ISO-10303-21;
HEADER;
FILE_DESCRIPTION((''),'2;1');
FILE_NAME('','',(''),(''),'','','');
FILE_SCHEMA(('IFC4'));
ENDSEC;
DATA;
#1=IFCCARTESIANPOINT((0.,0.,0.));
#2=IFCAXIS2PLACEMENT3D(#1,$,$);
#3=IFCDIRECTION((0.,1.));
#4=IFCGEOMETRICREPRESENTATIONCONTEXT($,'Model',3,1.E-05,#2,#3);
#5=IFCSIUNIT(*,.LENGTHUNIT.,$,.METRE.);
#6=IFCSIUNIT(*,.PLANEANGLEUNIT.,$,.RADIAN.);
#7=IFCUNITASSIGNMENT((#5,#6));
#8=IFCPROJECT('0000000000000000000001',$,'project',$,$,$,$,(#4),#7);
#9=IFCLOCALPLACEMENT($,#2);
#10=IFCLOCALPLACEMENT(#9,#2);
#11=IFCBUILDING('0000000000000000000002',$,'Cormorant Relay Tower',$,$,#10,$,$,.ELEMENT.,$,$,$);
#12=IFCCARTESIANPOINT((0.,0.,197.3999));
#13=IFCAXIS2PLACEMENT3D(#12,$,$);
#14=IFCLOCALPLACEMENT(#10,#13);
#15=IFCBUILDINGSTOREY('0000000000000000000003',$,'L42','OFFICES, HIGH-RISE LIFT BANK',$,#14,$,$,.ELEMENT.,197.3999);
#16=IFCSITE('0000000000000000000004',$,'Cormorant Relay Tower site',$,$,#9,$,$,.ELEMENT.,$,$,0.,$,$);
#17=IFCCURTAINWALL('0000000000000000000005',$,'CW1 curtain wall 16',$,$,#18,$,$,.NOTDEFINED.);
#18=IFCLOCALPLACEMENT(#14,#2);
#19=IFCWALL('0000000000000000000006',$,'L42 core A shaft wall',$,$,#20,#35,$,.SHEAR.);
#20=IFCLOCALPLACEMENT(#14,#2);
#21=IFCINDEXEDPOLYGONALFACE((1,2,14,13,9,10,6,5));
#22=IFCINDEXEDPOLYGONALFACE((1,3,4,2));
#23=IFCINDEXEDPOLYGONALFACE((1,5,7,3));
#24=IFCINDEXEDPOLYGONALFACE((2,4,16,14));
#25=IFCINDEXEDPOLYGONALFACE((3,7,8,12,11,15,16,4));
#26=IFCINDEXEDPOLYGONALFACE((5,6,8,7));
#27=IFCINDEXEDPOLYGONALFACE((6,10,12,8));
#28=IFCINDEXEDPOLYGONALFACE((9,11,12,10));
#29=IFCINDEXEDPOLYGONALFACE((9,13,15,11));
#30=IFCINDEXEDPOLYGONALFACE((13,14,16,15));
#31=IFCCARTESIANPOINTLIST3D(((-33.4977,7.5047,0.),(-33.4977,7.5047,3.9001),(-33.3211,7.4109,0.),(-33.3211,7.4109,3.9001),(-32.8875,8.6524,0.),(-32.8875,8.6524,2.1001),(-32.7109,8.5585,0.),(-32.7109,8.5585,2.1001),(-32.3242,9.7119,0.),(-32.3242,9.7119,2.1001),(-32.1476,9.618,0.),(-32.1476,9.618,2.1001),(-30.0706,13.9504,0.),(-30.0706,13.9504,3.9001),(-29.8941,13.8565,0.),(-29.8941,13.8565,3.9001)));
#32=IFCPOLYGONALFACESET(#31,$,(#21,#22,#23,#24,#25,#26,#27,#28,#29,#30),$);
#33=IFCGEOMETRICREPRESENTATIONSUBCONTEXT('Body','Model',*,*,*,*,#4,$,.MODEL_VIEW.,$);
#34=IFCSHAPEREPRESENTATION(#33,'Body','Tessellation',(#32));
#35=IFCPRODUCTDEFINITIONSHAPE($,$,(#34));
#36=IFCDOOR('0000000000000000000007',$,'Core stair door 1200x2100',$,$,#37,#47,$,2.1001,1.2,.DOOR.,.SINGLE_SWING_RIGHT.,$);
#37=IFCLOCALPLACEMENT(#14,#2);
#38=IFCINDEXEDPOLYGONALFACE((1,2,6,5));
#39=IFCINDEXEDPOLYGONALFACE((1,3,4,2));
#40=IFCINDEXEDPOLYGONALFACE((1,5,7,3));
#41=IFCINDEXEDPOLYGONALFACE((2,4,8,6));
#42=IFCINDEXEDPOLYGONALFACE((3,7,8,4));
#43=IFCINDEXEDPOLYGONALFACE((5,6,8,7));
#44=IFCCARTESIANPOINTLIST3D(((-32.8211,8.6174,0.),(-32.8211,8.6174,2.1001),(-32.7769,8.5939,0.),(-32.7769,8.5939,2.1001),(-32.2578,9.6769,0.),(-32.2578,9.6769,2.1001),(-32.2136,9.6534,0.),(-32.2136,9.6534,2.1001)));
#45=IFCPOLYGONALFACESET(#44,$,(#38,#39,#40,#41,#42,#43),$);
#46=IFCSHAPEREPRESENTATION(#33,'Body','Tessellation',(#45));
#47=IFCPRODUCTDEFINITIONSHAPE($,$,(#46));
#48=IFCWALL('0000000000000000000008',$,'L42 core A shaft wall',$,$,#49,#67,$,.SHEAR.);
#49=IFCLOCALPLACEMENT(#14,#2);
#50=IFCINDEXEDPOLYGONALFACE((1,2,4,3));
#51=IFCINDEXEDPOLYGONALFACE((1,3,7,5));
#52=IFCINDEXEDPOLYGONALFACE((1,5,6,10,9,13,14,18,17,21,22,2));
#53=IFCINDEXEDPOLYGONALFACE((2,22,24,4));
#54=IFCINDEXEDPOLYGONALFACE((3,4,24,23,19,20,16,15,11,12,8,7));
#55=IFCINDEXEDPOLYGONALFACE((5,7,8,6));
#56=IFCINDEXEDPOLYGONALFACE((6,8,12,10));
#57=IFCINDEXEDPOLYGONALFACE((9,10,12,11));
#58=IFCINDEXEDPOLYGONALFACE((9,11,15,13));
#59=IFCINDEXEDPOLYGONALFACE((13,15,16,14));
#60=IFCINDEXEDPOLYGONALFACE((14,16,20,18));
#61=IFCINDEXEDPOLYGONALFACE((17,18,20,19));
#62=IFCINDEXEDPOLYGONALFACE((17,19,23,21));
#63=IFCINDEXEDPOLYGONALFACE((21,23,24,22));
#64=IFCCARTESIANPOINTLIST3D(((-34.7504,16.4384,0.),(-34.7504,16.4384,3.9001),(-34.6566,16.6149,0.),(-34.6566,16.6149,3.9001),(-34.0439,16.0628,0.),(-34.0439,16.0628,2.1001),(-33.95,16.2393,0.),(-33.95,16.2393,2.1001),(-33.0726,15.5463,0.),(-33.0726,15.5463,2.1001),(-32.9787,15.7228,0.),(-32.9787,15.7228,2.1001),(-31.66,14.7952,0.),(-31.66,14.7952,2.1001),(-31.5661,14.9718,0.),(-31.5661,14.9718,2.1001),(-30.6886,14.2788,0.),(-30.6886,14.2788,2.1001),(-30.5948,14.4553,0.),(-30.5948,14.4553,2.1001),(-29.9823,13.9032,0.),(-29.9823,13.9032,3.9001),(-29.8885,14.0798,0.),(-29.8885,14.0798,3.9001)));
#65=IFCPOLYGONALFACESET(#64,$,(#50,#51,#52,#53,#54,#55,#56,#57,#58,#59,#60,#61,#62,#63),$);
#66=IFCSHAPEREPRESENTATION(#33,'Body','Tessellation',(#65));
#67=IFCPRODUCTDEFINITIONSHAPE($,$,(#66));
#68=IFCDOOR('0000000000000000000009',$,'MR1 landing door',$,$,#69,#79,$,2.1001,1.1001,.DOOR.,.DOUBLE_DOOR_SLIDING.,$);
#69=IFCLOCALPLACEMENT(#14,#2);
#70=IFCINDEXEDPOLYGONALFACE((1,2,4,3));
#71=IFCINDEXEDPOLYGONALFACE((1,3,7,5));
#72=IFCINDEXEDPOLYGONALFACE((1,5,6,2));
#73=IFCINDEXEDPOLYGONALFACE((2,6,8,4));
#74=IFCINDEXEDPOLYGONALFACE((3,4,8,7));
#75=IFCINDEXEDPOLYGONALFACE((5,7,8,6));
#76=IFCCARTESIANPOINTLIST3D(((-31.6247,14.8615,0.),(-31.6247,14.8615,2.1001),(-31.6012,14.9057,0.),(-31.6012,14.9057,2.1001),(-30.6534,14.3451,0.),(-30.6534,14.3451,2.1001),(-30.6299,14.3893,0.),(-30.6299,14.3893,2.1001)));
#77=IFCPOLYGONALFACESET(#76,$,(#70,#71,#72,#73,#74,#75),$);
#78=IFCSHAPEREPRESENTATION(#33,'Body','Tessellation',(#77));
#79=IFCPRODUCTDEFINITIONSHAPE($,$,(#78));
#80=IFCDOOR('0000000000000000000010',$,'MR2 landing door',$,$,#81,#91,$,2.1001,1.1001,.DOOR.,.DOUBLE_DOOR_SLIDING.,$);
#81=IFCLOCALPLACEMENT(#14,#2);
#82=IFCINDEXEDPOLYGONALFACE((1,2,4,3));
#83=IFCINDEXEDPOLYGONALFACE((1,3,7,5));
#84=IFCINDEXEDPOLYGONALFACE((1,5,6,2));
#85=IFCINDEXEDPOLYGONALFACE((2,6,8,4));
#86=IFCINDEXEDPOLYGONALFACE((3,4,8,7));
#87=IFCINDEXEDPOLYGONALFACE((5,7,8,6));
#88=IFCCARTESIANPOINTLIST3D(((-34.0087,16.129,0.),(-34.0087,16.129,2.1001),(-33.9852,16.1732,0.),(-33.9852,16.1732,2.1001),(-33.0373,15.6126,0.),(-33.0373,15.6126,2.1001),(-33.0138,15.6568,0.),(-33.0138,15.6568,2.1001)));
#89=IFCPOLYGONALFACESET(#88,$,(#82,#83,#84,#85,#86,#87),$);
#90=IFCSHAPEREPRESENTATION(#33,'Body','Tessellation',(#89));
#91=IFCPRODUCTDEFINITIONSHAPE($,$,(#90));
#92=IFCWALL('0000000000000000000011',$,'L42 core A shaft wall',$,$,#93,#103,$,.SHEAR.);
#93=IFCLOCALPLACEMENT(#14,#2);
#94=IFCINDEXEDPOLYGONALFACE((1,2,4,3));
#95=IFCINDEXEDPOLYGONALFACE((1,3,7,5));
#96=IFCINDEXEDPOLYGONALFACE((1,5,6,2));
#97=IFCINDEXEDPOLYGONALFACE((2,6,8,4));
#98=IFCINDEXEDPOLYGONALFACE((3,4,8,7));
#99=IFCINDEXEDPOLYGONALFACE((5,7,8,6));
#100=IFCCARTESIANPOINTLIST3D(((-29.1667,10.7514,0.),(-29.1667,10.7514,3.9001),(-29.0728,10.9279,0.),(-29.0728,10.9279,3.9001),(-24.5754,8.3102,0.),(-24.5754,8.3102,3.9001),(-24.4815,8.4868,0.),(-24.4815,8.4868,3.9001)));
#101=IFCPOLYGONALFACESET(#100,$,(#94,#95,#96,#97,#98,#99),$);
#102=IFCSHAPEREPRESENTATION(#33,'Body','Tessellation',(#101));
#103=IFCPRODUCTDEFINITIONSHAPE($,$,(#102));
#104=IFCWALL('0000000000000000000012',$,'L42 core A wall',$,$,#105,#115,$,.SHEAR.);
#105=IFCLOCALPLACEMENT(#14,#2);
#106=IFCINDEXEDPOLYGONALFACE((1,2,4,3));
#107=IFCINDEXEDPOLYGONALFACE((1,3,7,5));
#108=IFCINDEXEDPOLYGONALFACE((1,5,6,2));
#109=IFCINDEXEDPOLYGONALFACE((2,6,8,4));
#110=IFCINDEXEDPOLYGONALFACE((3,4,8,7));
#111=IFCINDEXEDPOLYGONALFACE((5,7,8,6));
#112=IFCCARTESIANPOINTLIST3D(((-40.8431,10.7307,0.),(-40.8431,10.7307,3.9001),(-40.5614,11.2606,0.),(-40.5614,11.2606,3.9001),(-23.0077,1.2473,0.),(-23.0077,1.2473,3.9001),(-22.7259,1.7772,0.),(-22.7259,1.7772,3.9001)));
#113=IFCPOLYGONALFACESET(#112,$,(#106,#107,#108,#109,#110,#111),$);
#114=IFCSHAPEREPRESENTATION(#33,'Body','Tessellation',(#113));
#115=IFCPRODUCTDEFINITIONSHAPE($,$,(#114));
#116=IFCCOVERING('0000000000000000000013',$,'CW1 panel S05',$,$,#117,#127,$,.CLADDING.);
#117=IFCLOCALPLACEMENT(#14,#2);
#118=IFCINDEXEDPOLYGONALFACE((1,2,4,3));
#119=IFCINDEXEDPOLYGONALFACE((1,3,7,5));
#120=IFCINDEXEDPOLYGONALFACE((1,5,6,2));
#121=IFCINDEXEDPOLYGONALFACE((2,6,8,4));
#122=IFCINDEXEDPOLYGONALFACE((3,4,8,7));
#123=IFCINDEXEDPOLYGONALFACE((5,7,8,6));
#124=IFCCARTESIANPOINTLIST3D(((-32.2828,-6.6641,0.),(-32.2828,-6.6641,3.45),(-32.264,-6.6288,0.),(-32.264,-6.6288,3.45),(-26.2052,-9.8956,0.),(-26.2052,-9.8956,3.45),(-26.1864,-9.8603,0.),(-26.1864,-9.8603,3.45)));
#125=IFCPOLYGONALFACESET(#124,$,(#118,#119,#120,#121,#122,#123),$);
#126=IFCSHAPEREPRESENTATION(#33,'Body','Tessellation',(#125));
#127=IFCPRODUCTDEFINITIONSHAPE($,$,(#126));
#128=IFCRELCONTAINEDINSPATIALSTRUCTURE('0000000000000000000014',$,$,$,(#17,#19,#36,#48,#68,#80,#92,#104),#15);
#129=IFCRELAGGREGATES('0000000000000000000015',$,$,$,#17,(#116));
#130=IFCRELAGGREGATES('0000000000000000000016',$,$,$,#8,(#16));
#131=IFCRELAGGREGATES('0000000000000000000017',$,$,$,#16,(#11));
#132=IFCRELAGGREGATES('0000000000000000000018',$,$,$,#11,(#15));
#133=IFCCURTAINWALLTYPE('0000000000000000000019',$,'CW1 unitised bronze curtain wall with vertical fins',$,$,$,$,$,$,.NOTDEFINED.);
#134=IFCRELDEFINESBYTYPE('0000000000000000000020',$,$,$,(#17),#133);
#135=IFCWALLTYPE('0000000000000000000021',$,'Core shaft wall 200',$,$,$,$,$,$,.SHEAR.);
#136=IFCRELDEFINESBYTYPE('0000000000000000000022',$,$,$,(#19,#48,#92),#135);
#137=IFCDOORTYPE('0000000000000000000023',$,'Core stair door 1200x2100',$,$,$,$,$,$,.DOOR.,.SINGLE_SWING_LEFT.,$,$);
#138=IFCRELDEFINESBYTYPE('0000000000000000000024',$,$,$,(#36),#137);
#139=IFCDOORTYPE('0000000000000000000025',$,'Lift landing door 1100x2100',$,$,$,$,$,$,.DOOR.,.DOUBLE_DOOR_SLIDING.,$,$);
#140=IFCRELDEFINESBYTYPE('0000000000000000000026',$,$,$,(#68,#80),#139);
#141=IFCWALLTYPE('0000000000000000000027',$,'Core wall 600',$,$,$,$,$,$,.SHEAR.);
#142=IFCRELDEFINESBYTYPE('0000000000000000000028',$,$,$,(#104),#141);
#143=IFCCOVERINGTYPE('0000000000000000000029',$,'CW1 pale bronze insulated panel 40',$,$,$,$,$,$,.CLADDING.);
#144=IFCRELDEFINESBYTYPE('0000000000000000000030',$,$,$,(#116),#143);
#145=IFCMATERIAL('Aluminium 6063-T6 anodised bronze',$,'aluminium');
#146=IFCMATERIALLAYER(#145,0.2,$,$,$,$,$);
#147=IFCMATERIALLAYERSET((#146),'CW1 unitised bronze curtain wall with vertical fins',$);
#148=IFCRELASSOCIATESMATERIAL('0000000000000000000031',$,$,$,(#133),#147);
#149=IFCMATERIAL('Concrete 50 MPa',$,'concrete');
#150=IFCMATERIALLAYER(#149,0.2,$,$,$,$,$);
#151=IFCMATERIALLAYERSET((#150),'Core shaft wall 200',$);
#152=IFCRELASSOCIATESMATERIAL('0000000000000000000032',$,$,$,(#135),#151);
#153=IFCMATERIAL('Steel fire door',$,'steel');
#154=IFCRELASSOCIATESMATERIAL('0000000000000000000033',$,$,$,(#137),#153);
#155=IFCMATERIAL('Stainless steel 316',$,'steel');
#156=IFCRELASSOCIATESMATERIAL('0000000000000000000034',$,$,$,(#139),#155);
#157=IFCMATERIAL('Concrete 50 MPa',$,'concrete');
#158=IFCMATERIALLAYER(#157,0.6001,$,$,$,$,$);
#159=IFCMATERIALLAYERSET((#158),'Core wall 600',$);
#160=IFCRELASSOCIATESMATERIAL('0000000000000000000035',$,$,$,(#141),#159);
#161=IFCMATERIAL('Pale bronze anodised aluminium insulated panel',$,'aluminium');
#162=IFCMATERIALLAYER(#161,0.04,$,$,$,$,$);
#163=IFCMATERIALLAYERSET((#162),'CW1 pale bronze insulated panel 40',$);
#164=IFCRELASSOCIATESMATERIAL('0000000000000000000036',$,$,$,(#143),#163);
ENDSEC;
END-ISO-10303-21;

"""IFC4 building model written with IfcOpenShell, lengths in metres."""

from ifc_helpers import new_model, si_unit, direction, frame, frame_2d, origin, origin_2d, place, context, subcontext, project, spatial, rectangle, extrude, material, layer, layer_set, type_object, element, fill, aggregate, save


model = new_model("IFC4")

# Units and contexts
model_context = context("Model", 3, precision=1e-05, world=origin(), true_north=direction((0.0, 1.0)))
body_context = subcontext(model_context, "Body", "Model", "MODEL_VIEW")
ifc_project = project(units=[si_unit("LENGTHUNIT", "METRE"), si_unit("PLANEANGLEUNIT", "RADIAN")], contexts=[model_context])

# Site, building, storey
site_placement = place(None, origin())
site = spatial("IfcSite", under=ifc_project, at=site_placement, Name="Cormorant Relay Tower site", CompositionType="ELEMENT", RefElevation=0.0)
building_placement = place(site_placement, origin())
building = spatial("IfcBuilding", under=site, at=building_placement, Name="Cormorant Relay Tower", CompositionType="ELEMENT")
storey_placement = place(building_placement, frame((0.0, 0.0, 197.3999)))
storey = spatial("IfcBuildingStorey", under=building, at=storey_placement, Name="L42", Description="OFFICES, HIGH-RISE LIFT BANK", CompositionType="ELEMENT", Elevation=197.3999)

# Curtain wall
ifc_material_1 = material(Name="Aluminium 6063-T6 anodised bronze", Category="aluminium")
ifc_layer_1 = layer(ifc_material_1, 0.2)
ifc_layer_set_1 = layer_set([ifc_layer_1], Name="CW1 unitised bronze curtain wall with vertical fins")
curtain_wall_type = type_object("IfcCurtainWallType", Name="CW1 unitised bronze curtain wall with vertical fins", PredefinedType="NOTDEFINED", material=ifc_layer_set_1)
curtain_wall_placement = place(storey_placement, origin())
curtain_wall = element("IfcCurtainWall", 1, at=curtain_wall_placement, inside=storey, type_object=curtain_wall_type, Name="CW1 curtain wall 16", PredefinedType="NOTDEFINED")

# Shared definitions
ifc_material_2 = material(Name="Concrete 50 MPa", Category="concrete")
ifc_layer_2 = layer(ifc_material_2, 0.2)
ifc_layer_set_2 = layer_set([ifc_layer_2], Name="Core shaft wall 200")
wall_type_1 = type_object("IfcWallType", Name="Core shaft wall 200", PredefinedType="SHEAR", material=ifc_layer_set_2)

# Wall, opening, door
wall_1_placement = place(storey_placement, frame((-29.9824, 13.9033, 0.0), z_axis=(0.0, 0.0, 1.0), x_axis=(-0.469454, -0.882957, 0.0)))
wall_1 = element("IfcWall", 2, at=wall_1_placement, inside=storey, type_object=wall_type_1, Name="L42 core A shaft wall", PredefinedType="SHEAR", context=body_context, shape_type="SweptSolid", body=[
    extrude(rectangle(XDim=7.3, YDim=0.2, at=frame_2d((3.6499, 0.0))), origin(), (0.0, 0.0, 1.0), 3.9001),
])
opening_1_placement = place(wall_1_placement, frame((4.8, 0.0, 0.0)))
opening_1 = element("IfcOpeningElement", 3, at=opening_1_placement, cuts=wall_1, PredefinedType="OPENING", context=body_context, shape_type="SweptSolid", body=[
    extrude(rectangle(XDim=1.2, YDim=2.1001, at=frame_2d((0.6001, 1.05))), frame((0.0, 0.1099, 0.0), z_axis=(0.0, -1.0, 0.0), x_axis=(1.0, 0.0, 0.0)), (0.0, 0.0, 1.0), 0.22),
])
ifc_material_3 = material(Name="Steel fire door", Category="steel")
door_type_1 = type_object("IfcDoorType", Name="Core stair door 1200x2100", OperationType="SINGLE_SWING_LEFT", PredefinedType="DOOR", material=ifc_material_3)
door_1_placement = place(opening_1_placement, frame((1.2, 0.0, 0.0), z_axis=(0.0, 0.0, 1.0), x_axis=(-1.0, 0.0, 0.0)))
door_1 = element("IfcDoor", 4, at=door_1_placement, inside=storey, type_object=door_type_1, Name="Core stair door 1200x2100", OperationType="SINGLE_SWING_RIGHT", OverallHeight=2.1001, OverallWidth=1.2, PredefinedType="DOOR", context=body_context, shape_type="SweptSolid", body=[
    extrude(rectangle(XDim=1.2, YDim=2.1001, at=frame_2d((0.6001, 1.05))), frame((0.0, 0.0249, 0.0), z_axis=(0.0, -1.0, 0.0), x_axis=(1.0, 0.0, 0.0)), (0.0, 0.0, 1.0), 0.05),
])
fill(opening_1, door_1)

# Wall, openings, doors
wall_2_placement = place(storey_placement, frame((-29.9353, 13.9915, 0.0), z_axis=(0.0, 0.0, 1.0), x_axis=(-0.882953, 0.469462, 0.0)))
wall_2 = element("IfcWall", 5, at=wall_2_placement, inside=storey, type_object=wall_type_1, Name="L42 core A shaft wall", PredefinedType="SHEAR", context=body_context, shape_type="SweptSolid", body=[
    extrude(rectangle(XDim=5.4001, YDim=0.2, at=frame_2d((2.7002, 0.0))), origin(), (0.0, 0.0, 1.0), 3.9001),
])
opening_2_placement = place(wall_2_placement, frame((0.8, 0.0, 0.0)))
opening_2 = element("IfcOpeningElement", 6, at=opening_2_placement, cuts=wall_2, PredefinedType="OPENING", context=body_context, shape_type="SweptSolid", body=[
    extrude(rectangle(XDim=1.1001, YDim=2.1001, at=frame_2d((0.55, 1.05))), frame((0.0, 0.1099, 0.0), z_axis=(0.0, -1.0, 0.0), x_axis=(1.0, 0.0, 0.0)), (0.0, 0.0, 1.0), 0.22),
])
opening_3_placement = place(wall_2_placement, frame((3.5, 0.0, 0.0)))
opening_3 = element("IfcOpeningElement", 7, at=opening_3_placement, cuts=wall_2, PredefinedType="OPENING", context=body_context, shape_type="SweptSolid", body=[
    extrude(rectangle(XDim=1.1001, YDim=2.1001, at=frame_2d((0.55, 1.05))), frame((0.0, 0.1099, 0.0), z_axis=(0.0, -1.0, 0.0), x_axis=(1.0, 0.0, 0.0)), (0.0, 0.0, 1.0), 0.22),
])
ifc_material_4 = material(Name="Stainless steel 316", Category="steel")
door_type_2 = type_object("IfcDoorType", Name="Lift landing door 1100x2100", OperationType="DOUBLE_DOOR_SLIDING", PredefinedType="DOOR", material=ifc_material_4)
door_2_placement = place(opening_2_placement, origin())
door_2 = element("IfcDoor", 8, at=door_2_placement, inside=storey, type_object=door_type_2, Name="MR1 landing door", OperationType="DOUBLE_DOOR_SLIDING", OverallHeight=2.1001, OverallWidth=1.1001, PredefinedType="DOOR", context=body_context, shape_type="SweptSolid", body=[
    extrude(rectangle(XDim=1.1001, YDim=2.1001, at=frame_2d((0.55, 1.05))), frame((0.0, 0.0249, 0.0), z_axis=(0.0, -1.0, 0.0), x_axis=(1.0, 0.0, 0.0)), (0.0, 0.0, 1.0), 0.05),
])
fill(opening_2, door_2)
door_3_placement = place(opening_3_placement, origin())
door_3 = element("IfcDoor", 9, at=door_3_placement, inside=storey, type_object=door_type_2, Name="MR2 landing door", OperationType="DOUBLE_DOOR_SLIDING", OverallHeight=2.1001, OverallWidth=1.1001, PredefinedType="DOOR", context=body_context, shape_type="SweptSolid", body=[
    extrude(rectangle(XDim=1.1001, YDim=2.1001, at=frame_2d((0.55, 1.05))), frame((0.0, 0.0249, 0.0), z_axis=(0.0, -1.0, 0.0), x_axis=(1.0, 0.0, 0.0)), (0.0, 0.0, 1.0), 0.05),
])
fill(opening_3, door_3)

# Walls
wall_3_placement = place(storey_placement, frame((-24.5283, 8.3984, 0.0), z_axis=(0.0, 0.0, 1.0), x_axis=(-0.882954, 0.46946, 0.0)))
element("IfcWall", 10, at=wall_3_placement, inside=storey, type_object=wall_type_1, Name="L42 core A shaft wall", PredefinedType="SHEAR", context=body_context, shape_type="SweptSolid", body=[
    extrude(rectangle(XDim=5.2, YDim=0.2, at=frame_2d((2.6001, 0.0))), origin(), (0.0, 0.0, 1.0), 3.9001),
])
ifc_material_5 = material(Name="Concrete 50 MPa", Category="concrete")
ifc_layer_3 = layer(ifc_material_5, 0.6001)
ifc_layer_set_3 = layer_set([ifc_layer_3], Name="Core wall 600")
wall_type_2 = type_object("IfcWallType", Name="Core wall 600", PredefinedType="SHEAR", material=ifc_layer_set_3)
wall_4_placement = place(storey_placement, frame((-22.8667, 1.5122, 0.0), z_axis=(0.0, 0.0, 1.0), x_axis=(-0.882945, 0.469476, 0.0)))
element("IfcWall", 11, at=wall_4_placement, inside=storey, type_object=wall_type_2, Name="L42 core A wall", PredefinedType="SHEAR", context=body_context, shape_type="SweptSolid", body=[
    extrude(rectangle(XDim=20.2, YDim=0.6001, at=frame_2d((10.1001, 0.0))), origin(), (0.0, 0.0, 1.0), 3.9001),
])

# Covering
ifc_material_6 = material(Name="Pale bronze anodised aluminium insulated panel", Category="aluminium")
ifc_layer_4 = layer(ifc_material_6, 0.04)
ifc_layer_set_4 = layer_set([ifc_layer_4], Name="CW1 pale bronze insulated panel 40")
covering_type = type_object("IfcCoveringType", Name="CW1 pale bronze insulated panel 40", PredefinedType="CLADDING", material=ifc_layer_set_4)
covering_placement = place(storey_placement, frame((-29.2346, -8.2622, 0.0), z_axis=(0.0, 0.0, 1.0), x_axis=(0.882948, -0.469472, 0.0)))
covering = element("IfcCovering", 12, at=covering_placement, type_object=covering_type, Name="CW1 panel S05", PredefinedType="CLADDING", context=body_context, shape_type="SweptSolid", body=[
    extrude(rectangle(XDim=6.8833, YDim=0.04, at=origin_2d()), origin(), (0.0, 0.0, 1.0), 3.45),
])
aggregate(curtain_wall, [covering])

save(model, "model.ifc")
